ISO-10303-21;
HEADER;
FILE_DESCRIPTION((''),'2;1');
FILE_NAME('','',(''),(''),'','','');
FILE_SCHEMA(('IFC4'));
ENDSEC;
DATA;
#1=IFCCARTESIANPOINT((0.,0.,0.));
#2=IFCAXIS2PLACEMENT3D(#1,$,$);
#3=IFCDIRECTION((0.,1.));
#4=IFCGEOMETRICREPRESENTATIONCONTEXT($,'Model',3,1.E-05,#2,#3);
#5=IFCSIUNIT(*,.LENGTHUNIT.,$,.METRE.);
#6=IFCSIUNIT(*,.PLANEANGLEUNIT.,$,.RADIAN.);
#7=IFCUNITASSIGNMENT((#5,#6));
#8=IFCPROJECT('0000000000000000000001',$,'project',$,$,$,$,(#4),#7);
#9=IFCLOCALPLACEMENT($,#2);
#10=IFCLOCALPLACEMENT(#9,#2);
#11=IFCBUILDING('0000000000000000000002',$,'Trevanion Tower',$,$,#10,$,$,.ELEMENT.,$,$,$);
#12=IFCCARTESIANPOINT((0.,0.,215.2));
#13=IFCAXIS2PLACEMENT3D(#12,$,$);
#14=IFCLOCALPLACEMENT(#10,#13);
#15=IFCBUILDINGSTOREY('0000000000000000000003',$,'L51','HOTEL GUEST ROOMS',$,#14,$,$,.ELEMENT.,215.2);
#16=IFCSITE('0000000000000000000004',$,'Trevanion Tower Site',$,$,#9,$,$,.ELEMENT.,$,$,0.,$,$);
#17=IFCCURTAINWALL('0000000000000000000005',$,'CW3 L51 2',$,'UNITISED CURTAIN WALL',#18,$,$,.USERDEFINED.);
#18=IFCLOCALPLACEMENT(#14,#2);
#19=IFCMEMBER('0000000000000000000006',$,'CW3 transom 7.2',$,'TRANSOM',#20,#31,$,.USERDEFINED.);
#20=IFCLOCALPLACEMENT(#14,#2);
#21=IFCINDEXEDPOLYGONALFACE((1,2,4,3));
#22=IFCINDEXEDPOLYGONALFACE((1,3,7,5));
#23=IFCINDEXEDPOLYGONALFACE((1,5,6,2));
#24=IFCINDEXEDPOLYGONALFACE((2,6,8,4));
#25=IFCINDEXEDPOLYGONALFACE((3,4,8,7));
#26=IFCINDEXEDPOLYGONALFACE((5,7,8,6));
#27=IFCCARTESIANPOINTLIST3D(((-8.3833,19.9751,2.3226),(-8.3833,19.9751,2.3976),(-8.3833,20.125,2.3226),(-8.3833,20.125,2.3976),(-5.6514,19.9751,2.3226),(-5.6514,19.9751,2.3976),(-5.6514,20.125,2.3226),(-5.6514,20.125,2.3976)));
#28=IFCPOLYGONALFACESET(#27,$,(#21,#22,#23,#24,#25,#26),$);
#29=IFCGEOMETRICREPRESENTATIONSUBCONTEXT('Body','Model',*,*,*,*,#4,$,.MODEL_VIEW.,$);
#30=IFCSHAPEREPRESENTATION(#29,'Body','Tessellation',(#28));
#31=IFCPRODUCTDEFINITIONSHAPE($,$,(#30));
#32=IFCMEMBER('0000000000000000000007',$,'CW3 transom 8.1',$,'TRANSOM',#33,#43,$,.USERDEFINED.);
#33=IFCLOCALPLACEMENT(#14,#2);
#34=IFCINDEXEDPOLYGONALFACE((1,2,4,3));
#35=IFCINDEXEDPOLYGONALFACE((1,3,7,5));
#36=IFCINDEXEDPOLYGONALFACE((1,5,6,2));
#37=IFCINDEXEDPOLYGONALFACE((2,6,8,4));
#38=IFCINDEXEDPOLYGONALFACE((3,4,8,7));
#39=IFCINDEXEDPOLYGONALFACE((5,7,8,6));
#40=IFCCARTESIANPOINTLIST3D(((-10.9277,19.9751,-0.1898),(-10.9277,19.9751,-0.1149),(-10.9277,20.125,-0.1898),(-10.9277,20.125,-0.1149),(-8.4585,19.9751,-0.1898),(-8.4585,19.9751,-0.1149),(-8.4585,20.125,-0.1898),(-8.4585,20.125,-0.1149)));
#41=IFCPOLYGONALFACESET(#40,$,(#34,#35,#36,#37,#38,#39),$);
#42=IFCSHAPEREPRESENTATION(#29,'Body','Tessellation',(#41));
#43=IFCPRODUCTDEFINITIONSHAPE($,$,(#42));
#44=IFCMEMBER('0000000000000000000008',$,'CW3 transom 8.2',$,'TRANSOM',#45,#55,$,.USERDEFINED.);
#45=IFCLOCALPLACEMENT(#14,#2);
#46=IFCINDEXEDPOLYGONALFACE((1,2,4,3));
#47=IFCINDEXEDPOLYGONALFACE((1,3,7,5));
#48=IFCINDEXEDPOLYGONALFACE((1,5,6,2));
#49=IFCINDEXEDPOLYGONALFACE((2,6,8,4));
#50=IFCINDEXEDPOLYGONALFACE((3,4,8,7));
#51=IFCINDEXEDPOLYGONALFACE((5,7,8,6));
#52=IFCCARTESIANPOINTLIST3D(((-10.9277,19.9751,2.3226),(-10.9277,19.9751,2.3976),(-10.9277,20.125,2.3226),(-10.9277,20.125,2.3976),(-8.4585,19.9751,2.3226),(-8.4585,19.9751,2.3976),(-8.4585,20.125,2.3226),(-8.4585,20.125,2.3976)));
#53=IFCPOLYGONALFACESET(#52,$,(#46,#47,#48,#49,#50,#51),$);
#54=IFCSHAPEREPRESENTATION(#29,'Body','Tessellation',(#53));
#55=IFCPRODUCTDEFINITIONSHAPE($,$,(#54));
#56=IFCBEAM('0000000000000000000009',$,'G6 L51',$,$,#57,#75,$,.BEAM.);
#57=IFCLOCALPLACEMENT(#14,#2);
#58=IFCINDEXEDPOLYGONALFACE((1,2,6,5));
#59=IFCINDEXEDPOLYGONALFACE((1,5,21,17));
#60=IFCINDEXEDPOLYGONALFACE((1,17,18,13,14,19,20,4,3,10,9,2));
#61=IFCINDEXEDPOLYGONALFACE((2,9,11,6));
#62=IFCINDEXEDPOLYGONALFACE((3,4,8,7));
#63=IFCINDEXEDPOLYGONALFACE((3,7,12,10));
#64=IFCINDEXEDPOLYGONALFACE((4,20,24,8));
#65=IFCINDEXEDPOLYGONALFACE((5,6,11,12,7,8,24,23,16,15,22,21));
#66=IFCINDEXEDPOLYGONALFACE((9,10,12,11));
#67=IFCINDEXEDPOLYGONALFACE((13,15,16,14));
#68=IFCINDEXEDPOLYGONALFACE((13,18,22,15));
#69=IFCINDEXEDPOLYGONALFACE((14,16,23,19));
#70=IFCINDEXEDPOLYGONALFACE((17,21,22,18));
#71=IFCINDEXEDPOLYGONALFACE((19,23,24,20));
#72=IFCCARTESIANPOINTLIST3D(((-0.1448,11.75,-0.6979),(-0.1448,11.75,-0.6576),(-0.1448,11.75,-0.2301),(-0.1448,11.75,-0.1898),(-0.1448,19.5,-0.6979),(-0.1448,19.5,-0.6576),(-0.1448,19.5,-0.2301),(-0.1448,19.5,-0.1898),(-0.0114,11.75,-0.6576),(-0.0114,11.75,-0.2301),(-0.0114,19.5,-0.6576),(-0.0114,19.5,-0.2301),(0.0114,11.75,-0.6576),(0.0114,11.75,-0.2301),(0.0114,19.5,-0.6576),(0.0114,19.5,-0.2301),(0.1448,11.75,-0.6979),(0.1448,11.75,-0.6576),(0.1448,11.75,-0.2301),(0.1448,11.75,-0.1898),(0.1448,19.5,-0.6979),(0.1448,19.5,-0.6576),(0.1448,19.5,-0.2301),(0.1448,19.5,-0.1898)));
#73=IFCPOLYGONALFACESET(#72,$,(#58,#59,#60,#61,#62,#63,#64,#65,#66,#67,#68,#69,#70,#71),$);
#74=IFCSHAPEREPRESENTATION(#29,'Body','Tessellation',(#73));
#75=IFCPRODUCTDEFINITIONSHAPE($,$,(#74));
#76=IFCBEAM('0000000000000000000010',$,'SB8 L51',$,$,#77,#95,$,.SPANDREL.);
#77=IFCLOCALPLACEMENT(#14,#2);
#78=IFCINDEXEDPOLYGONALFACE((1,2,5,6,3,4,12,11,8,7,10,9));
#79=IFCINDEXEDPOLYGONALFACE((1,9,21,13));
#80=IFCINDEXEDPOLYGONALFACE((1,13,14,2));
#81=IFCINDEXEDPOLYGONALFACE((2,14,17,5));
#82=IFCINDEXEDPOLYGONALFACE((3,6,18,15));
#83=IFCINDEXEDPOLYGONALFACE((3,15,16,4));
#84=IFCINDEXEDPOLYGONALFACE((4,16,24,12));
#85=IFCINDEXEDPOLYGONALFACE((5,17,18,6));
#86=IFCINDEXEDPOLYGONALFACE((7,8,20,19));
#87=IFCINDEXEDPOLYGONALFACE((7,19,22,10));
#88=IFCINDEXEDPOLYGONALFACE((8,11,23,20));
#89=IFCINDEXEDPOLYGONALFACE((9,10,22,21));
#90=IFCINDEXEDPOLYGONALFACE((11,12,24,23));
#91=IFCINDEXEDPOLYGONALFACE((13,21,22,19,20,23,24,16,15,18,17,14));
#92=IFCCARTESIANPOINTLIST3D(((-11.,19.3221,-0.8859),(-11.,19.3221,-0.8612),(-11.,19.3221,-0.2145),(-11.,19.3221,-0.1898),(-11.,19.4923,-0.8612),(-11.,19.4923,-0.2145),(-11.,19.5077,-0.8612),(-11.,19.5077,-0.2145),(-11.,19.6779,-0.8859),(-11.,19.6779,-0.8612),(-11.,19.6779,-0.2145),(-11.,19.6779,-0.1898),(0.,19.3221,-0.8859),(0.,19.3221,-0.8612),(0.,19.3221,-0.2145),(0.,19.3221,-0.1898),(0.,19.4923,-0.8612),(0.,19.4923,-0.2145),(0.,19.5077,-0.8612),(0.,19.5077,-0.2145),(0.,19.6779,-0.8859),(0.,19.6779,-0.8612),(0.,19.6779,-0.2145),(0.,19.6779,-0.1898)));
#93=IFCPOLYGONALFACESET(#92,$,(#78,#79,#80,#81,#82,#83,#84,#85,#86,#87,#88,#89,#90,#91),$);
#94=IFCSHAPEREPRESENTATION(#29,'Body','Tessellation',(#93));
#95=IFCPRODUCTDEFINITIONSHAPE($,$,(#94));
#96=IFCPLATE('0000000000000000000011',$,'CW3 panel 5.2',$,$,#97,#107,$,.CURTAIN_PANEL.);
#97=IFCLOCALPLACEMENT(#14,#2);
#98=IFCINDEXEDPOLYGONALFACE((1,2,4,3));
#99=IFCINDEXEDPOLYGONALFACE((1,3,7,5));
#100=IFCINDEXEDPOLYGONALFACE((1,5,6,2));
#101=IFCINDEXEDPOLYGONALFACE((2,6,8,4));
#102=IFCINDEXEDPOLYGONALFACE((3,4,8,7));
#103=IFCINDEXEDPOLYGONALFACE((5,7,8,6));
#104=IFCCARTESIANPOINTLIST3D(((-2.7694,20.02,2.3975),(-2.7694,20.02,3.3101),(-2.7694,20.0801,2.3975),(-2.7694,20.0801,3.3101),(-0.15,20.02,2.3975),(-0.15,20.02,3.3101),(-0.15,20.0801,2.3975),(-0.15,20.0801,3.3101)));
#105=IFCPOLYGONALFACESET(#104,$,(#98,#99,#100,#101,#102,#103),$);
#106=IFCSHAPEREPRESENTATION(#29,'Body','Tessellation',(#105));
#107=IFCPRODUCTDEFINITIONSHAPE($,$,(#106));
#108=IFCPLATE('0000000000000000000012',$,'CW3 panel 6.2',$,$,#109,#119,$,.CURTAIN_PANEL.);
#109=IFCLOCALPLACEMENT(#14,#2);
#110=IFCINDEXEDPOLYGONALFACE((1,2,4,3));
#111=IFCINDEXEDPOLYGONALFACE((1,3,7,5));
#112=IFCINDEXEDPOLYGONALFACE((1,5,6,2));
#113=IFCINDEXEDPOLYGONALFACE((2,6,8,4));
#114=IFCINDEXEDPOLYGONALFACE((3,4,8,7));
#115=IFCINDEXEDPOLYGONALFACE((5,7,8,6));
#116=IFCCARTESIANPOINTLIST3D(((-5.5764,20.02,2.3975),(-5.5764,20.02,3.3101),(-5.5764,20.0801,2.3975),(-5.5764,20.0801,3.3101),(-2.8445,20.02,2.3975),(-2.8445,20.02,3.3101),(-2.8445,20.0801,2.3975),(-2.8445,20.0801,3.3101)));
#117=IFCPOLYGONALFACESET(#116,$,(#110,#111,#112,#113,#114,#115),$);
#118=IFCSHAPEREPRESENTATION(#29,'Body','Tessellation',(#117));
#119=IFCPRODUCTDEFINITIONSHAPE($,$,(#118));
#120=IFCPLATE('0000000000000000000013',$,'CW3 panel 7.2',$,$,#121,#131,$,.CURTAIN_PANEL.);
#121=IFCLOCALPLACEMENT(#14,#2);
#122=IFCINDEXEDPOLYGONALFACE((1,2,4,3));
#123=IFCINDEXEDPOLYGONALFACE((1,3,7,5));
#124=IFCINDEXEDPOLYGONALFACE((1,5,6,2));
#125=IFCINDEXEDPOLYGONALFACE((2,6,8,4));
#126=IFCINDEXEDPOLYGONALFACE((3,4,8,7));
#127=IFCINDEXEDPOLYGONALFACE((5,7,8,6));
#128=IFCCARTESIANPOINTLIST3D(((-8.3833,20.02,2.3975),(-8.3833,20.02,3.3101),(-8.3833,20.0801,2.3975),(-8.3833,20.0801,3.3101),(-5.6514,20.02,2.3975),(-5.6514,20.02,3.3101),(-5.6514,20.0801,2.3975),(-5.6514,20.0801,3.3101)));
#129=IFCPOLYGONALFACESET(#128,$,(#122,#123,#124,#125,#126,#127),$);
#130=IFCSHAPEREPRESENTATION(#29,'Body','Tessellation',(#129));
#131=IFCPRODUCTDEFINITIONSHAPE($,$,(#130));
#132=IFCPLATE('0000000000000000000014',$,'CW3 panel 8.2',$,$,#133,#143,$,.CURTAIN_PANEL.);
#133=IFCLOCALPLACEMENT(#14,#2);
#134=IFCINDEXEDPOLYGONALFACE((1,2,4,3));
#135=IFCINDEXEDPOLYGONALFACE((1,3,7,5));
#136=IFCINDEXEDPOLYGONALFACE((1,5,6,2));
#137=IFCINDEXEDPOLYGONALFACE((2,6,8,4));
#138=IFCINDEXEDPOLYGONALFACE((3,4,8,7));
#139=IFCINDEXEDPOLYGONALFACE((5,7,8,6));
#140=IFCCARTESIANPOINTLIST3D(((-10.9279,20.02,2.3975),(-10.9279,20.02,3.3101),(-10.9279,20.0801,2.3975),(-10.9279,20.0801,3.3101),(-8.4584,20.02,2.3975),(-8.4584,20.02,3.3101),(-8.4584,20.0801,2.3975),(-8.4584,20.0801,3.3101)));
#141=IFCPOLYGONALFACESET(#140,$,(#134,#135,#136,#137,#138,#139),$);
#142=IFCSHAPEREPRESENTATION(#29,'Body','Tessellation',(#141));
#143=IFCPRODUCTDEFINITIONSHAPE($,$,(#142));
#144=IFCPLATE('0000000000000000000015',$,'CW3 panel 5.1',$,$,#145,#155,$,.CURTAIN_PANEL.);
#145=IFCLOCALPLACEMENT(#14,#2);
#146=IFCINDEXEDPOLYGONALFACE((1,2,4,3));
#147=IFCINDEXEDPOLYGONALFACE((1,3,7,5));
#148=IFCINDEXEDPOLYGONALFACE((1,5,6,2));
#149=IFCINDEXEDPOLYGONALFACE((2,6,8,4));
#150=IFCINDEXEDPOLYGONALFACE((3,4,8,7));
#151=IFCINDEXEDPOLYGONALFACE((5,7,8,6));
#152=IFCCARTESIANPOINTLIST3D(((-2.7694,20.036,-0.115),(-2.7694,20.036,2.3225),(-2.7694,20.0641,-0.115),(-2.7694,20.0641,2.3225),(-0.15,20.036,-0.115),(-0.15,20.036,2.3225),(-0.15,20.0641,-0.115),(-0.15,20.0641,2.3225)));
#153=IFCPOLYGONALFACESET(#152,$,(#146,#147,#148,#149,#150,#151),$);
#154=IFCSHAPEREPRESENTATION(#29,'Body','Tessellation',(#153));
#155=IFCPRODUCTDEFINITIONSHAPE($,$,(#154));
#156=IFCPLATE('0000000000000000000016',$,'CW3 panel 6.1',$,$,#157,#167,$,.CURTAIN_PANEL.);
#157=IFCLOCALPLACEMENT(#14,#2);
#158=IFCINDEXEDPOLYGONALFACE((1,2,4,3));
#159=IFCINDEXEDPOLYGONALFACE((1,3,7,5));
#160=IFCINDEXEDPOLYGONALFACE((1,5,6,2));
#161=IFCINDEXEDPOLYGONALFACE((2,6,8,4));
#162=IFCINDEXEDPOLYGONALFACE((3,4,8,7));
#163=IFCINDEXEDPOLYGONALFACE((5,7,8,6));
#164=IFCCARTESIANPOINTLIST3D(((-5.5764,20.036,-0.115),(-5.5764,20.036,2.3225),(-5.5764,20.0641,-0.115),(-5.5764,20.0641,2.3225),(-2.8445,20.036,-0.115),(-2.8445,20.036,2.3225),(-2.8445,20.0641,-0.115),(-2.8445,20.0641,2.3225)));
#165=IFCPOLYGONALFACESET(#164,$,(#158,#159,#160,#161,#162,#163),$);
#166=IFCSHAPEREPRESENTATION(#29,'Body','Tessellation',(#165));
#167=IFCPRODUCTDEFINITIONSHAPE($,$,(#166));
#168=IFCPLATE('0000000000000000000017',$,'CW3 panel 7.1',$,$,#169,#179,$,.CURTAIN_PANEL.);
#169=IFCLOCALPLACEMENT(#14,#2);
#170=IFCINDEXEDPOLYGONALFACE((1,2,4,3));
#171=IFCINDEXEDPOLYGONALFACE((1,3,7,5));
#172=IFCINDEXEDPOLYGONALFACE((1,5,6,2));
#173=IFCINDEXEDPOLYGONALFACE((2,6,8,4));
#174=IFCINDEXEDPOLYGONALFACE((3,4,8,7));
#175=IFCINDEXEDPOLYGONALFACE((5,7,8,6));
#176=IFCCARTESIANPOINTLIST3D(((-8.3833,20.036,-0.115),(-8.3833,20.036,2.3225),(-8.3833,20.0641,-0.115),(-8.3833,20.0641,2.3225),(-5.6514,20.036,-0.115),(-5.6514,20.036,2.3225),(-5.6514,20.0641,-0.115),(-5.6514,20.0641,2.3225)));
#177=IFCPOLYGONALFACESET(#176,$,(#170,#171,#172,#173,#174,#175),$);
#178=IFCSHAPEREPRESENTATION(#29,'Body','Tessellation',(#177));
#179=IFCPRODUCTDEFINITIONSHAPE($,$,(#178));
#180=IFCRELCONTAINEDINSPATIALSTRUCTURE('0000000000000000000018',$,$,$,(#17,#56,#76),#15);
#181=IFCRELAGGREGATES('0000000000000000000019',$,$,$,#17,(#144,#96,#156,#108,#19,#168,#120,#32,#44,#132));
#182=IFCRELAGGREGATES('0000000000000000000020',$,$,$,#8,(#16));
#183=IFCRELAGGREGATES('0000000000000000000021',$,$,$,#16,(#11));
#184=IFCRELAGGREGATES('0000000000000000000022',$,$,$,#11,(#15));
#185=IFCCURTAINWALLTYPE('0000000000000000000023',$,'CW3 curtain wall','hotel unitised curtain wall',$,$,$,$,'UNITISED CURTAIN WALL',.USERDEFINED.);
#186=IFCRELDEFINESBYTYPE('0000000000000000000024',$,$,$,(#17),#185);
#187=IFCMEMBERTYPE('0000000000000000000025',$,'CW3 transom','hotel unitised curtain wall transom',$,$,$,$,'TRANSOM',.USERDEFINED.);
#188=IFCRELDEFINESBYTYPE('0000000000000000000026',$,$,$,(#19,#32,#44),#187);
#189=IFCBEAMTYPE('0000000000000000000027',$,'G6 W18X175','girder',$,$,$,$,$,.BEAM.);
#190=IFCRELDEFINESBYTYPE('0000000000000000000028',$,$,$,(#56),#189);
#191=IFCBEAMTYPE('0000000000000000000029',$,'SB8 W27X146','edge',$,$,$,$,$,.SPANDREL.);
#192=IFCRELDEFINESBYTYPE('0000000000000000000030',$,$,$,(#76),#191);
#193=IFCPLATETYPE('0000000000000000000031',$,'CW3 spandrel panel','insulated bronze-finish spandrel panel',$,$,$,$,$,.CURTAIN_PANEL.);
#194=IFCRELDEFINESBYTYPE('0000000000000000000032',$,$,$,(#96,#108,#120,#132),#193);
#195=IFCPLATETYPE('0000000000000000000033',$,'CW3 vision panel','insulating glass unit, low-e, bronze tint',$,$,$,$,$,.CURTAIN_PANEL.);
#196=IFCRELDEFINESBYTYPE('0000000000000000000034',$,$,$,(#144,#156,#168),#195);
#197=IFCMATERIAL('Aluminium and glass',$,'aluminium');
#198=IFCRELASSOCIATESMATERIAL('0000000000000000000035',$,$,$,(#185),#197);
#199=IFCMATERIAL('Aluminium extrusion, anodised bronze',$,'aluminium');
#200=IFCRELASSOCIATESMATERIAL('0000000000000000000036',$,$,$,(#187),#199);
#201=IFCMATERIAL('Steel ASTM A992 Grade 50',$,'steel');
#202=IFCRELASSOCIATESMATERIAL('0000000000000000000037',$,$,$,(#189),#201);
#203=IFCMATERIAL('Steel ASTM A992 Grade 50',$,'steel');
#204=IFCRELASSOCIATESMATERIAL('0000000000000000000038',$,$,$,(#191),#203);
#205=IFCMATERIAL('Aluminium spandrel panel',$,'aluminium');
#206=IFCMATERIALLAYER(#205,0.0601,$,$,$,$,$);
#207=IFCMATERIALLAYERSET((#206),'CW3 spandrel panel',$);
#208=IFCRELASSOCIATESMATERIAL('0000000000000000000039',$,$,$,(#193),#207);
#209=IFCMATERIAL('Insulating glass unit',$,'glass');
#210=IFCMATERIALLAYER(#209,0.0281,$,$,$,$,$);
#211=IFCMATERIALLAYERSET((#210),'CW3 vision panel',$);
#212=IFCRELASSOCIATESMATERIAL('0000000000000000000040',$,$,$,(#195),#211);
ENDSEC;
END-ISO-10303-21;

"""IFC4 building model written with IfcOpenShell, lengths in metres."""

from ifc_helpers import new_model, si_unit, direction, frame, origin, origin_2d, place, context, subcontext, project, spatial, rectangle, i_section, extrude, material, layer, layer_set, material_profile, profile_set, type_object, element, aggregate, save


model = new_model("IFC4")

# Units and contexts
model_context = context("Model", 3, precision=1e-05, world=origin(), true_north=direction((0.0, 1.0)))
body_context = subcontext(model_context, "Body", "Model", "MODEL_VIEW")
ifc_project = project(units=[si_unit("LENGTHUNIT", "METRE"), si_unit("PLANEANGLEUNIT", "RADIAN")], contexts=[model_context])

# Site, building, storey
site_placement = place(None, origin())
site = spatial("IfcSite", under=ifc_project, at=site_placement, Name="Trevanion Tower Site", CompositionType="ELEMENT", RefElevation=0.0)
building_placement = place(site_placement, origin())
building = spatial("IfcBuilding", under=site, at=building_placement, Name="Trevanion Tower", CompositionType="ELEMENT")
storey_placement = place(building_placement, frame((0.0, 0.0, 215.2)))
storey = spatial("IfcBuildingStorey", under=building, at=storey_placement, Name="L51", Description="HOTEL GUEST ROOMS", CompositionType="ELEMENT", Elevation=215.2)

# Curtain wall, members
ifc_material_1 = material(Name="Aluminium and glass", Category="aluminium")
curtain_wall_type = type_object("IfcCurtainWallType", Name="CW3 curtain wall", Description="hotel unitised curtain wall", ElementType="UNITISED CURTAIN WALL", PredefinedType="USERDEFINED", material=ifc_material_1)
curtain_wall_placement = place(storey_placement, origin())
curtain_wall = element("IfcCurtainWall", 1, at=curtain_wall_placement, inside=storey, type_object=curtain_wall_type, Name="CW3 L51 2", ObjectType="UNITISED CURTAIN WALL", PredefinedType="USERDEFINED")
ifc_material_2 = material(Name="Aluminium extrusion, anodised bronze", Category="aluminium")
ifc_material_profile_1 = material_profile(ifc_material_2, rectangle(XDim=0.1499, YDim=0.075, at=origin_2d()), Name="CW3 transom")
ifc_profile_set_1 = profile_set([ifc_material_profile_1], Name="Aluminium extrusion, anodised bronze")
member_type_1 = type_object("IfcMemberType", Name="CW3 transom", Description="hotel unitised curtain wall transom", ElementType="TRANSOM", PredefinedType="USERDEFINED", material=ifc_profile_set_1)
member_1_placement = place(storey_placement, frame((-5.6514, 20.05, 2.3601), z_axis=(-1.0, 0.0, 0.0), x_axis=(0.0, -1.0, 0.0)))
member_1 = element("IfcMember", 2, at=member_1_placement, type_object=member_type_1, Name="CW3 transom 7.2", ObjectType="TRANSOM", PredefinedType="USERDEFINED", context=body_context, shape_type="SweptSolid", body=[
    extrude(rectangle(XDim=0.1499, YDim=0.075, at=origin_2d()), origin(), (0.0, 0.0, 1.0), 2.7319),
])
member_2_placement = place(storey_placement, frame((-8.4585, 20.05, -0.1523), z_axis=(-1.0, 0.0, 0.0), x_axis=(0.0, -1.0, 0.0)))
member_2 = element("IfcMember", 3, at=member_2_placement, type_object=member_type_1, Name="CW3 transom 8.1", ObjectType="TRANSOM", PredefinedType="USERDEFINED", context=body_context, shape_type="SweptSolid", body=[
    extrude(rectangle(XDim=0.1499, YDim=0.075, at=origin_2d()), origin(), (0.0, 0.0, 1.0), 2.4692),
])
member_3_placement = place(storey_placement, frame((-8.4585, 20.05, 2.3601), z_axis=(-1.0, 0.0, 0.0), x_axis=(0.0, -1.0, 0.0)))
member_3 = element("IfcMember", 4, at=member_3_placement, type_object=member_type_1, Name="CW3 transom 8.2", ObjectType="TRANSOM", PredefinedType="USERDEFINED", context=body_context, shape_type="SweptSolid", body=[
    extrude(rectangle(XDim=0.1499, YDim=0.075, at=origin_2d()), origin(), (0.0, 0.0, 1.0), 2.4692),
])

# Beams
ifc_material_3 = material(Name="Steel ASTM A992 Grade 50", Category="steel")
ifc_material_profile_2 = material_profile(ifc_material_3, i_section(OverallWidth=0.2896, OverallDepth=0.5081, WebThickness=0.0227, FlangeThickness=0.0403, at=origin_2d()), Name="W18X175")
ifc_profile_set_2 = profile_set([ifc_material_profile_2], Name="Steel ASTM A992 Grade 50")
beam_type_1 = type_object("IfcBeamType", Name="G6 W18X175", Description="girder", PredefinedType="BEAM", material=ifc_profile_set_2)
beam_1_placement = place(storey_placement, frame((0.0, 11.75, -0.4438), z_axis=(0.0, 1.0, 0.0), x_axis=(-1.0, 0.0, 0.0)))
element("IfcBeam", 5, at=beam_1_placement, inside=storey, type_object=beam_type_1, Name="G6 L51", PredefinedType="BEAM", context=body_context, shape_type="SweptSolid", body=[
    extrude(i_section(OverallWidth=0.2896, OverallDepth=0.5081, WebThickness=0.0227, FlangeThickness=0.0403, at=origin_2d()), origin(), (0.0, 0.0, 1.0), 7.75),
])
ifc_material_4 = material(Name="Steel ASTM A992 Grade 50", Category="steel")
ifc_material_profile_3 = material_profile(ifc_material_4, i_section(OverallWidth=0.3557, OverallDepth=0.696, WebThickness=0.0154, FlangeThickness=0.0247, at=origin_2d()), Name="W27X146")
ifc_profile_set_3 = profile_set([ifc_material_profile_3], Name="Steel ASTM A992 Grade 50")
beam_type_2 = type_object("IfcBeamType", Name="SB8 W27X146", Description="edge", PredefinedType="SPANDREL", material=ifc_profile_set_3)
beam_2_placement = place(storey_placement, frame((0.0, 19.5, -0.5378), z_axis=(-1.0, 0.0, 0.0), x_axis=(0.0, -1.0, 0.0)))
element("IfcBeam", 6, at=beam_2_placement, inside=storey, type_object=beam_type_2, Name="SB8 L51", PredefinedType="SPANDREL", context=body_context, shape_type="SweptSolid", body=[
    extrude(i_section(OverallWidth=0.3557, OverallDepth=0.696, WebThickness=0.0154, FlangeThickness=0.0247, at=origin_2d()), origin(), (0.0, 0.0, 1.0), 11.0),
])

# Plates
ifc_material_5 = material(Name="Aluminium spandrel panel", Category="aluminium")
ifc_layer_1 = layer(ifc_material_5, 0.0601)
ifc_layer_set_1 = layer_set([ifc_layer_1], Name="CW3 spandrel panel")
plate_type_1 = type_object("IfcPlateType", Name="CW3 spandrel panel", Description="insulated bronze-finish spandrel panel", PredefinedType="CURTAIN_PANEL", material=ifc_layer_set_1)
plate_1_placement = place(storey_placement, frame((-1.4597, 20.05, 2.3975), z_axis=(0.0, 0.0, 1.0), x_axis=(-1.0, 0.0, 0.0)))
plate_1 = element("IfcPlate", 7, at=plate_1_placement, type_object=plate_type_1, Name="CW3 panel 5.2", PredefinedType="CURTAIN_PANEL", context=body_context, shape_type="SweptSolid", body=[
    extrude(rectangle(XDim=2.6194, YDim=0.0601, at=origin_2d()), origin(), (0.0, 0.0, 1.0), 0.9126),
])
plate_2_placement = place(storey_placement, frame((-4.2104, 20.05, 2.3975), z_axis=(0.0, 0.0, 1.0), x_axis=(-1.0, 0.0, 0.0)))
plate_2 = element("IfcPlate", 8, at=plate_2_placement, type_object=plate_type_1, Name="CW3 panel 6.2", PredefinedType="CURTAIN_PANEL", context=body_context, shape_type="SweptSolid", body=[
    extrude(rectangle(XDim=2.7319, YDim=0.0601, at=origin_2d()), origin(), (0.0, 0.0, 1.0), 0.9126),
])
plate_3_placement = place(storey_placement, frame((-7.0173, 20.05, 2.3975), z_axis=(0.0, 0.0, 1.0), x_axis=(-1.0, 0.0, 0.0)))
plate_3 = element("IfcPlate", 9, at=plate_3_placement, type_object=plate_type_1, Name="CW3 panel 7.2", PredefinedType="CURTAIN_PANEL", context=body_context, shape_type="SweptSolid", body=[
    extrude(rectangle(XDim=2.7319, YDim=0.0601, at=origin_2d()), origin(), (0.0, 0.0, 1.0), 0.9126),
])
plate_4_placement = place(storey_placement, frame((-9.6931, 20.05, 2.3975), z_axis=(0.0, 0.0, 1.0), x_axis=(-1.0, 0.0, 0.0)))
plate_4 = element("IfcPlate", 10, at=plate_4_placement, type_object=plate_type_1, Name="CW3 panel 8.2", PredefinedType="CURTAIN_PANEL", context=body_context, shape_type="SweptSolid", body=[
    extrude(rectangle(XDim=2.4695, YDim=0.0601, at=origin_2d()), origin(), (0.0, 0.0, 1.0), 0.9126),
])
ifc_material_6 = material(Name="Insulating glass unit", Category="glass")
ifc_layer_2 = layer(ifc_material_6, 0.0281)
ifc_layer_set_2 = layer_set([ifc_layer_2], Name="CW3 vision panel")
plate_type_2 = type_object("IfcPlateType", Name="CW3 vision panel", Description="insulating glass unit, low-e, bronze tint", PredefinedType="CURTAIN_PANEL", material=ifc_layer_set_2)
plate_5_placement = place(storey_placement, frame((-1.4597, 20.05, -0.115), z_axis=(0.0, 0.0, 1.0), x_axis=(-1.0, 0.0, 0.0)))
plate_5 = element("IfcPlate", 11, at=plate_5_placement, type_object=plate_type_2, Name="CW3 panel 5.1", PredefinedType="CURTAIN_PANEL", context=body_context, shape_type="SweptSolid", body=[
    extrude(rectangle(XDim=2.6194, YDim=0.0281, at=origin_2d()), origin(), (0.0, 0.0, 1.0), 2.4375),
])
plate_6_placement = place(storey_placement, frame((-4.2104, 20.05, -0.115), z_axis=(0.0, 0.0, 1.0), x_axis=(-1.0, 0.0, 0.0)))
plate_6 = element("IfcPlate", 12, at=plate_6_placement, type_object=plate_type_2, Name="CW3 panel 6.1", PredefinedType="CURTAIN_PANEL", context=body_context, shape_type="SweptSolid", body=[
    extrude(rectangle(XDim=2.7319, YDim=0.0281, at=origin_2d()), origin(), (0.0, 0.0, 1.0), 2.4375),
])
plate_7_placement = place(storey_placement, frame((-7.0173, 20.05, -0.115), z_axis=(0.0, 0.0, 1.0), x_axis=(-1.0, 0.0, 0.0)))
plate_7 = element("IfcPlate", 13, at=plate_7_placement, type_object=plate_type_2, Name="CW3 panel 7.1", PredefinedType="CURTAIN_PANEL", context=body_context, shape_type="SweptSolid", body=[
    extrude(rectangle(XDim=2.7319, YDim=0.0281, at=origin_2d()), origin(), (0.0, 0.0, 1.0), 2.4375),
])
aggregate(curtain_wall, [plate_5, plate_1, plate_6, plate_2, member_1, plate_7, plate_3, member_2, member_3, plate_4])

save(model, "model.ifc")
